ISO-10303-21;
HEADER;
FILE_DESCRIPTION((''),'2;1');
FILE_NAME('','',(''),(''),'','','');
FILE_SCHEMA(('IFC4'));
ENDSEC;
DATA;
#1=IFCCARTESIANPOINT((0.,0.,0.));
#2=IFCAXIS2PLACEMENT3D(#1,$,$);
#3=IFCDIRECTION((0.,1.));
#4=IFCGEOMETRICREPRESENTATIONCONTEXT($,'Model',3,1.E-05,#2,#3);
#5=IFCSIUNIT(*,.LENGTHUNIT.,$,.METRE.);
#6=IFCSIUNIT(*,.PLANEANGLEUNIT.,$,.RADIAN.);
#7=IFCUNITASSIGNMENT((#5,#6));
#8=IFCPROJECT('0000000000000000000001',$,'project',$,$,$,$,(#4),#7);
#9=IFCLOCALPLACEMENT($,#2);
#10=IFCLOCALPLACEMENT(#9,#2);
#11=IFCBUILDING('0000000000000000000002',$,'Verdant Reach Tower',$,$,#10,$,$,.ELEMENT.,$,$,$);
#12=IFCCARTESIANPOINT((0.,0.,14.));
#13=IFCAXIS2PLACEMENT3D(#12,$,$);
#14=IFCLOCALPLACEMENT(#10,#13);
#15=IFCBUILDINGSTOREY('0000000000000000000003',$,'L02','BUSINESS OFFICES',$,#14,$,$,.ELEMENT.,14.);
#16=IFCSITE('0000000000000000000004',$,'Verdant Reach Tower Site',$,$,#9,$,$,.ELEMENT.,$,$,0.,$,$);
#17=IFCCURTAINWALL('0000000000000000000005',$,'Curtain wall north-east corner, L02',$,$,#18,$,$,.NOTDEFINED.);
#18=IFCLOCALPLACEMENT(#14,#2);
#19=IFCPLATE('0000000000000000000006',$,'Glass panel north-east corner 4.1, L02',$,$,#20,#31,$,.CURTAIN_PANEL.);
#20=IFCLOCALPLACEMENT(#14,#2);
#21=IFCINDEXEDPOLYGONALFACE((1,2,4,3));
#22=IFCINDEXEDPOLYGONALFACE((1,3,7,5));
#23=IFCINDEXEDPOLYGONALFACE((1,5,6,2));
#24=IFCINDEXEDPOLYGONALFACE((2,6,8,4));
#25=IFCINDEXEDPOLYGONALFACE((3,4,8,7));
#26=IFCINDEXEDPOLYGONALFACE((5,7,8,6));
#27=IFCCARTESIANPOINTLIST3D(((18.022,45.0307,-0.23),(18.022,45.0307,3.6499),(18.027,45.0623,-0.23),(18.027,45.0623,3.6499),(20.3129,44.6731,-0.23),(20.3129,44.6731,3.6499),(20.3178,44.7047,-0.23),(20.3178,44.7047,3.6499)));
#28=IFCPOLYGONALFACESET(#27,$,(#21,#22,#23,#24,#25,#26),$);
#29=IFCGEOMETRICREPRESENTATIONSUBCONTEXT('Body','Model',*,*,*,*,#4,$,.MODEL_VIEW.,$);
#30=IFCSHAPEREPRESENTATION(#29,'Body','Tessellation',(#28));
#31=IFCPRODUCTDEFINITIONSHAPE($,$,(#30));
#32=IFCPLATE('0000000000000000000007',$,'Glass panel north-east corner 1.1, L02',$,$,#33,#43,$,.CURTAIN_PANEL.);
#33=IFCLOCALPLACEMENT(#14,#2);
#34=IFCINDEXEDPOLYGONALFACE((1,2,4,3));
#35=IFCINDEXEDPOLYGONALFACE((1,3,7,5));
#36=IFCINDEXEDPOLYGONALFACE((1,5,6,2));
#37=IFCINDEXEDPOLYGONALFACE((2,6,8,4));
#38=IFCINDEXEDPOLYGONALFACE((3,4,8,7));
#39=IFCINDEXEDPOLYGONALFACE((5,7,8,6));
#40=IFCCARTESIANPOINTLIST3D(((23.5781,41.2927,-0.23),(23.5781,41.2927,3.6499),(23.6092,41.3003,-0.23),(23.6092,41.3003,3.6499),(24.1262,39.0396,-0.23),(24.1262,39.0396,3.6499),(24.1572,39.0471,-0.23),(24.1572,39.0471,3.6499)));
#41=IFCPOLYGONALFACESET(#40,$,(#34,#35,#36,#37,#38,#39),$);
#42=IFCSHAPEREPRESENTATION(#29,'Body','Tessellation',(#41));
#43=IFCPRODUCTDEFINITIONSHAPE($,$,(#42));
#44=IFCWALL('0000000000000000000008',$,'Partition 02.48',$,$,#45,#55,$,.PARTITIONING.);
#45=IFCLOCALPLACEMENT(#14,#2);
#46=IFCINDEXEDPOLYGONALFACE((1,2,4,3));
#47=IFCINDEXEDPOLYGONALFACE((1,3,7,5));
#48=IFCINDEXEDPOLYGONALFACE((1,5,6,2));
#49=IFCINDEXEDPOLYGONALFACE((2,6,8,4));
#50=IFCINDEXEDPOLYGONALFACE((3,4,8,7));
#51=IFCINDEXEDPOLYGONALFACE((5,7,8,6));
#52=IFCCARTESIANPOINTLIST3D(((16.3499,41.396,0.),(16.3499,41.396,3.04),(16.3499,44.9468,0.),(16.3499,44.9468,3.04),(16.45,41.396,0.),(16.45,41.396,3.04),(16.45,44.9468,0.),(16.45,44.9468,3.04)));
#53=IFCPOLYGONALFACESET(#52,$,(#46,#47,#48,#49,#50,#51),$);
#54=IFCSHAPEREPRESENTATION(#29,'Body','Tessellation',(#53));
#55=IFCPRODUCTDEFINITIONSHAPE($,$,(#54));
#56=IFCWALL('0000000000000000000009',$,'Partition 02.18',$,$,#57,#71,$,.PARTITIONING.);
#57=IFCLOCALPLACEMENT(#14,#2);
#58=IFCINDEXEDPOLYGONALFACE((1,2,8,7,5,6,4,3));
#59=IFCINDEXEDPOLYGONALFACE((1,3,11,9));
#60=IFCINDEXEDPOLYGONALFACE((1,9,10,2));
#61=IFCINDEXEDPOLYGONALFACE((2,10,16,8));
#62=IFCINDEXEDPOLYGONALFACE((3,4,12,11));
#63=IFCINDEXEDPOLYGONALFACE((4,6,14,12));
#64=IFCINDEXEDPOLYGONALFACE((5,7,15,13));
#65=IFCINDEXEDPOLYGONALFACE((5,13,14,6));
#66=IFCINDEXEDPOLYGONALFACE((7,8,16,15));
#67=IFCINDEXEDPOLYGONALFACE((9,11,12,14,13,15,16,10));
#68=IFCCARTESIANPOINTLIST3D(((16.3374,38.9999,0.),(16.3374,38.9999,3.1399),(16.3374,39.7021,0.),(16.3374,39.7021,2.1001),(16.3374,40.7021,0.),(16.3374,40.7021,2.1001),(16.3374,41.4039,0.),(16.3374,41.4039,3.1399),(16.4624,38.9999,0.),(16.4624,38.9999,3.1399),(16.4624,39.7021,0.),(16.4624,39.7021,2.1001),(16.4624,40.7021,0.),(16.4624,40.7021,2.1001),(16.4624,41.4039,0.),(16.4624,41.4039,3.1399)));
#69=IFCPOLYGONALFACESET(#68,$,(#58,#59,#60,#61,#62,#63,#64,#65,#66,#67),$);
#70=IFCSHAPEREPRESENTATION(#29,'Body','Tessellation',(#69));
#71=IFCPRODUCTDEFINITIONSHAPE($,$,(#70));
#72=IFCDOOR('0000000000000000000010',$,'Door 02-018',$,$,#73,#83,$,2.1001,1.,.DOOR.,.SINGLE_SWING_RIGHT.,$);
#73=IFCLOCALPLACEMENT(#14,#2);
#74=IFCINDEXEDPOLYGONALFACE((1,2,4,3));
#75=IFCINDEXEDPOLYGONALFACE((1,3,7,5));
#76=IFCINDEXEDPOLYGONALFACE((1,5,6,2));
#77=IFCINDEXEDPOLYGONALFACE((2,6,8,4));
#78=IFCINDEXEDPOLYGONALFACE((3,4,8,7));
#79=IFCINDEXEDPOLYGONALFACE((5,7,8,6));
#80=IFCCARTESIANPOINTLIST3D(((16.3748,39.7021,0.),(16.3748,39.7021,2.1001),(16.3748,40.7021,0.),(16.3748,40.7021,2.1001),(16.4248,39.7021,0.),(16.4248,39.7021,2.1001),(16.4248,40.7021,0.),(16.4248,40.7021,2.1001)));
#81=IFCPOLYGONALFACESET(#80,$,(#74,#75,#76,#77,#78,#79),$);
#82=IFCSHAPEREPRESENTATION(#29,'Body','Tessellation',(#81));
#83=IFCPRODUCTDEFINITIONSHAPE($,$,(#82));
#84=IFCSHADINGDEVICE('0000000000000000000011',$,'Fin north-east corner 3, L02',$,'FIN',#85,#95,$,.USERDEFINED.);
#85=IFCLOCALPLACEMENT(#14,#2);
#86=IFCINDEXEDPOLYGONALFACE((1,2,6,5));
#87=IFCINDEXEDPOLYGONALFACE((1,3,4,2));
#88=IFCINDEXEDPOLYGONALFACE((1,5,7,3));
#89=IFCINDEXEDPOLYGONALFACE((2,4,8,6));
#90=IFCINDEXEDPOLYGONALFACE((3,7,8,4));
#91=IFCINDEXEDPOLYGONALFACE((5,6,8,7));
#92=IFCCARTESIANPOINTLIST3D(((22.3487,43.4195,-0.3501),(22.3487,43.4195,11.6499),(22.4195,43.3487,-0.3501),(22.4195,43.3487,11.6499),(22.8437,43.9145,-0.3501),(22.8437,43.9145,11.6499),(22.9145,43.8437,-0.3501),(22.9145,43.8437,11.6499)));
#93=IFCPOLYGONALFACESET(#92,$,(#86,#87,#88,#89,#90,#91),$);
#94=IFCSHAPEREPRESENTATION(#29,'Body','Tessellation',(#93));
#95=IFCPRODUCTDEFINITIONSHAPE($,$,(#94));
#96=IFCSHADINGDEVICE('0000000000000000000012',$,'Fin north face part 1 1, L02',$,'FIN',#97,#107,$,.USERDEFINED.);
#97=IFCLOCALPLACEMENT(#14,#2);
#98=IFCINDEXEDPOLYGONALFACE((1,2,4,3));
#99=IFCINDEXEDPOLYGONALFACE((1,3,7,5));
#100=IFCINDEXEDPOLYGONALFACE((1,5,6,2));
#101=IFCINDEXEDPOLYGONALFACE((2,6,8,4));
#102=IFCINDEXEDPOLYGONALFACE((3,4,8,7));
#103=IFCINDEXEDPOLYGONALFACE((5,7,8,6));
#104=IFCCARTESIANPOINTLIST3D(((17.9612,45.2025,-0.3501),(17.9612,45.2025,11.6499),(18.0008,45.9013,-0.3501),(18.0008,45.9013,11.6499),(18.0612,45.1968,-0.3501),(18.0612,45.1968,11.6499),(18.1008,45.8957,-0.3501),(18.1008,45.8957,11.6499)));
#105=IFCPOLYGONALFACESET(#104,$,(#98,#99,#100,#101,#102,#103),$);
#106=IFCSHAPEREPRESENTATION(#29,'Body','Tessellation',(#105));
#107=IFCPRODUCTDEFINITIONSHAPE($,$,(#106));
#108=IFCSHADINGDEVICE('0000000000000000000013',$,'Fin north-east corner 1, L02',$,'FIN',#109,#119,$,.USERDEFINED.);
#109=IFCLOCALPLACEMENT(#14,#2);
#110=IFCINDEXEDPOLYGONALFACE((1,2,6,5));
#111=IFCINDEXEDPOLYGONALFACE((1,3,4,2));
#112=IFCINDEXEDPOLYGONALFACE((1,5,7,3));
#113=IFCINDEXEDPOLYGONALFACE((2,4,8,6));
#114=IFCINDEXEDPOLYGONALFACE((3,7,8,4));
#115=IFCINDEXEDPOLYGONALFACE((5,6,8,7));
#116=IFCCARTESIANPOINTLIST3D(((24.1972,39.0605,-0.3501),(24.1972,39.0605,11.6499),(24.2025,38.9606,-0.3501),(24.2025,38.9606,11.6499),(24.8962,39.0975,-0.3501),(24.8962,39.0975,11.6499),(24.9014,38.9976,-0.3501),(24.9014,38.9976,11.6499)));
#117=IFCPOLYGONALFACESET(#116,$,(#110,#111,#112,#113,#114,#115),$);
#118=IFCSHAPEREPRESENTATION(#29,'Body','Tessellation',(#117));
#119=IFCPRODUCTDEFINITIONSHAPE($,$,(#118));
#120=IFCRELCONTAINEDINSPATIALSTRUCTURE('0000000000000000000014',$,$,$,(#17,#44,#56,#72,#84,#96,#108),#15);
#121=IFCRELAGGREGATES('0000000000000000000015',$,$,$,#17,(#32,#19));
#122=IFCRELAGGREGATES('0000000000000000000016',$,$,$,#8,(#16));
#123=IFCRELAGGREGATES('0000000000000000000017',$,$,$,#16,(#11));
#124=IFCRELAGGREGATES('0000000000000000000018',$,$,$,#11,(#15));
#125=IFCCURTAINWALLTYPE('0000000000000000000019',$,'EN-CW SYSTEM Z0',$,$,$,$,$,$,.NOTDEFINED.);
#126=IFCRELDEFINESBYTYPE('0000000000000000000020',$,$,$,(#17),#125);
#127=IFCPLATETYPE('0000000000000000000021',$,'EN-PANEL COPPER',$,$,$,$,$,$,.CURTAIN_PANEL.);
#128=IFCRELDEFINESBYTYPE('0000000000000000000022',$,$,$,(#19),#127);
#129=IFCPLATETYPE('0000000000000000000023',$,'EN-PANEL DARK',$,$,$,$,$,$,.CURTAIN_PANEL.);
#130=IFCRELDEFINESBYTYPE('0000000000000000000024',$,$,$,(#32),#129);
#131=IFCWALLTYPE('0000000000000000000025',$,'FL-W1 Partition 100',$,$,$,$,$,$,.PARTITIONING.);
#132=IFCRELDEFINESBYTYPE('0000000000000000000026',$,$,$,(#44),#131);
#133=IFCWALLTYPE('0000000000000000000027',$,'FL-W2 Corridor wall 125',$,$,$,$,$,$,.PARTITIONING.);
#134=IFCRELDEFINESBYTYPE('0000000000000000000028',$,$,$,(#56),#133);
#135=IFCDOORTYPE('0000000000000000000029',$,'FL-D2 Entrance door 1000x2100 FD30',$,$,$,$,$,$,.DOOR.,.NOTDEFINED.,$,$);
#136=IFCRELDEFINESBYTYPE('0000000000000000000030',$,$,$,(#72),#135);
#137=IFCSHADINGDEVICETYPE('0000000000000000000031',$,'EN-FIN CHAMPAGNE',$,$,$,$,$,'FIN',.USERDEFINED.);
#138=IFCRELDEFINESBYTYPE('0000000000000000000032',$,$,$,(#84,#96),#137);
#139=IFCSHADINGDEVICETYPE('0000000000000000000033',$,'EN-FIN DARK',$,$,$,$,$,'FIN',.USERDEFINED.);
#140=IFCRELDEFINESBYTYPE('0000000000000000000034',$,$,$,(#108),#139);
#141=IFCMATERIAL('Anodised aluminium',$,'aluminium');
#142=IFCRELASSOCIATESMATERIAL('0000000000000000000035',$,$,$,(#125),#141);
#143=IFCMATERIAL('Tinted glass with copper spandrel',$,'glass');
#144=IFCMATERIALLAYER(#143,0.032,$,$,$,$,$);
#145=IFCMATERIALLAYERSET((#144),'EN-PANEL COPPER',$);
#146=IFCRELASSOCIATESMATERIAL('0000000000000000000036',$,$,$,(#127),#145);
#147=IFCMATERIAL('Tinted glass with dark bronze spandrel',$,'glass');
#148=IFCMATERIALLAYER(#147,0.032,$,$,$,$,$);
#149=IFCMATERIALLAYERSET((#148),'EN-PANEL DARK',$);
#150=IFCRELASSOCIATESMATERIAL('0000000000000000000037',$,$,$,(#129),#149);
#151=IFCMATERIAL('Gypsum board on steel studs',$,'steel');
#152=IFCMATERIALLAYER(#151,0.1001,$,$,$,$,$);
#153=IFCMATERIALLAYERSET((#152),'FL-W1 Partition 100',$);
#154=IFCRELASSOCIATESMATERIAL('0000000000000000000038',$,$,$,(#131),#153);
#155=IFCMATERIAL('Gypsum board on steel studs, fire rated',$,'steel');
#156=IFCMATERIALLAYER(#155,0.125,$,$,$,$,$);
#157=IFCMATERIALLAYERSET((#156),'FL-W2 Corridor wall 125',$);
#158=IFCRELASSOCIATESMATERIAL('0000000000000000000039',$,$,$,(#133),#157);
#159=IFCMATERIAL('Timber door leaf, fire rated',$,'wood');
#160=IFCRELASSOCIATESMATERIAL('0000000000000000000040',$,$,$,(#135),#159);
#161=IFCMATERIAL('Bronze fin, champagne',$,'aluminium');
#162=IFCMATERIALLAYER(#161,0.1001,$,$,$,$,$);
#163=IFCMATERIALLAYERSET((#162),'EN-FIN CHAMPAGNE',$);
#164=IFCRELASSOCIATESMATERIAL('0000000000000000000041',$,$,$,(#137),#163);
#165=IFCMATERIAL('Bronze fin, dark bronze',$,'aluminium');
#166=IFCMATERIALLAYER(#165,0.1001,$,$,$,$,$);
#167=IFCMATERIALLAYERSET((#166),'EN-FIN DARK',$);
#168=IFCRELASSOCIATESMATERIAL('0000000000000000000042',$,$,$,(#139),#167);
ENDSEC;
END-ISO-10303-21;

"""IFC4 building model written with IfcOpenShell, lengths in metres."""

from ifc_helpers import new_model, si_unit, direction, frame, frame_2d, origin, origin_2d, place, context, subcontext, project, spatial, rectangle, extrude, material, layer, layer_set, type_object, element, fill, aggregate, save


model = new_model("IFC4")

# Units and contexts
model_context = context("Model", 3, precision=1e-05, world=origin(), true_north=direction((0.0, 1.0)))
body_context = subcontext(model_context, "Body", "Model", "MODEL_VIEW")
ifc_project = project(units=[si_unit("LENGTHUNIT", "METRE"), si_unit("PLANEANGLEUNIT", "RADIAN")], contexts=[model_context])

# Site, building, storey
site_placement = place(None, origin())
site = spatial("IfcSite", under=ifc_project, at=site_placement, Name="Verdant Reach Tower Site", CompositionType="ELEMENT", RefElevation=0.0)
building_placement = place(site_placement, origin())
building = spatial("IfcBuilding", under=site, at=building_placement, Name="Verdant Reach Tower", CompositionType="ELEMENT")
storey_placement = place(building_placement, frame((0.0, 0.0, 14.0)))
storey = spatial("IfcBuildingStorey", under=building, at=storey_placement, Name="L02", Description="BUSINESS OFFICES", CompositionType="ELEMENT", Elevation=14.0)

# Curtain wall
ifc_material_1 = material(Name="Anodised aluminium", Category="aluminium")
curtain_wall_type = type_object("IfcCurtainWallType", Name="EN-CW SYSTEM Z0", PredefinedType="NOTDEFINED", material=ifc_material_1)
curtain_wall_1_placement = place(storey_placement, origin())
curtain_wall_1 = element("IfcCurtainWall", 1, at=curtain_wall_1_placement, inside=storey, type_object=curtain_wall_type, Name="Curtain wall north-east corner, L02", PredefinedType="NOTDEFINED")

# Plates
ifc_material_2 = material(Name="Tinted glass with copper spandrel", Category="glass")
ifc_layer_1 = layer(ifc_material_2, 0.032)
ifc_layer_set_1 = layer_set([ifc_layer_1], Name="EN-PANEL COPPER")
plate_type_1 = type_object("IfcPlateType", Name="EN-PANEL COPPER", PredefinedType="CURTAIN_PANEL", material=ifc_layer_set_1)
plate_1_placement = place(storey_placement, frame((19.1699, 44.8677, -0.23), z_axis=(0.0, 0.0, 1.0), x_axis=(-0.988035, 0.154233, 0.0)))
plate_1 = element("IfcPlate", 2, at=plate_1_placement, type_object=plate_type_1, Name="Glass panel north-east corner 4.1, L02", PredefinedType="CURTAIN_PANEL", context=body_context, shape_type="SweptSolid", body=[
    extrude(rectangle(XDim=2.3186, YDim=0.032, at=origin_2d()), origin(), (0.0, 0.0, 1.0), 3.8799),
])
ifc_material_3 = material(Name="Tinted glass with dark bronze spandrel", Category="glass")
ifc_layer_2 = layer(ifc_material_3, 0.032)
ifc_layer_set_2 = layer_set([ifc_layer_2], Name="EN-PANEL DARK")
plate_type_2 = type_object("IfcPlateType", Name="EN-PANEL DARK", PredefinedType="CURTAIN_PANEL", material=ifc_layer_set_2)
plate_2_placement = place(storey_placement, frame((23.8677, 40.1699, -0.23), z_axis=(0.0, 0.0, 1.0), x_axis=(-0.236347, 0.971669, 0.0)))
plate_2 = element("IfcPlate", 3, at=plate_2_placement, type_object=plate_type_2, Name="Glass panel north-east corner 1.1, L02", PredefinedType="CURTAIN_PANEL", context=body_context, shape_type="SweptSolid", body=[
    extrude(rectangle(XDim=2.3188, YDim=0.032, at=origin_2d()), origin(), (0.0, 0.0, 1.0), 3.8799),
])
aggregate(curtain_wall_1, [plate_2, plate_1])

# Wall
ifc_material_4 = material(Name="Gypsum board on steel studs", Category="steel")
ifc_layer_3 = layer(ifc_material_4, 0.1001)
ifc_layer_set_3 = layer_set([ifc_layer_3], Name="FL-W1 Partition 100")
wall_type_1 = type_object("IfcWallType", Name="FL-W1 Partition 100", PredefinedType="PARTITIONING", material=ifc_layer_set_3)
wall_1_placement = place(storey_placement, frame((16.3999, 41.396, 0.0), z_axis=(0.0, 0.0, 1.0), x_axis=(0.0, 1.0, 0.0)))
element("IfcWall", 4, at=wall_1_placement, inside=storey, type_object=wall_type_1, Name="Partition 02.48", PredefinedType="PARTITIONING", context=body_context, shape_type="SweptSolid", body=[
    extrude(rectangle(XDim=3.5508, YDim=0.1001, at=frame_2d((1.7754, 0.0))), origin(), (0.0, 0.0, 1.0), 3.04),
])

# Wall, opening, door
ifc_material_5 = material(Name="Gypsum board on steel studs, fire rated", Category="steel")
ifc_layer_4 = layer(ifc_material_5, 0.125)
ifc_layer_set_4 = layer_set([ifc_layer_4], Name="FL-W2 Corridor wall 125")
wall_type_2 = type_object("IfcWallType", Name="FL-W2 Corridor wall 125", PredefinedType="PARTITIONING", material=ifc_layer_set_4)
wall_2_placement = place(storey_placement, frame((16.3999, 41.4041, 0.0), z_axis=(0.0, 0.0, 1.0), x_axis=(0.0, -1.0, 0.0)))
wall_2 = element("IfcWall", 5, at=wall_2_placement, inside=storey, type_object=wall_type_2, Name="Partition 02.18", PredefinedType="PARTITIONING", context=body_context, shape_type="SweptSolid", body=[
    extrude(rectangle(XDim=2.4041, YDim=0.125, at=frame_2d((1.2021, 0.0))), origin(), (0.0, 0.0, 1.0), 3.1399),
])
opening_placement = place(wall_2_placement, frame((0.7019, 0.0, 0.0)))
opening = element("IfcOpeningElement", 6, at=opening_placement, cuts=wall_2, PredefinedType="OPENING", context=body_context, shape_type="SweptSolid", body=[
    extrude(rectangle(XDim=1.0, YDim=2.1001, at=frame_2d((0.5, 1.05))), frame((0.0, 0.0725, 0.0), z_axis=(0.0, -1.0, 0.0), x_axis=(1.0, 0.0, 0.0)), (0.0, 0.0, 1.0), 0.145),
])
ifc_material_6 = material(Name="Timber door leaf, fire rated", Category="wood")
door_type = type_object("IfcDoorType", Name="FL-D2 Entrance door 1000x2100 FD30", OperationType="NOTDEFINED", PredefinedType="DOOR", material=ifc_material_6)
door_placement = place(opening_placement, origin())
door = element("IfcDoor", 7, at=door_placement, inside=storey, type_object=door_type, Name="Door 02-018", OperationType="SINGLE_SWING_RIGHT", OverallHeight=2.1001, OverallWidth=1.0, PredefinedType="DOOR", context=body_context, shape_type="SweptSolid", body=[
    extrude(rectangle(XDim=1.0, YDim=2.1001, at=frame_2d((0.5, 1.05))), frame((0.0, 0.0249, 0.0), z_axis=(0.0, -1.0, 0.0), x_axis=(1.0, 0.0, 0.0)), (0.0, 0.0, 1.0), 0.05),
])
fill(opening, door)

# Shading devices
ifc_material_7 = material(Name="Bronze fin, champagne", Category="aluminium")
ifc_layer_5 = layer(ifc_material_7, 0.1001)
ifc_layer_set_5 = layer_set([ifc_layer_5], Name="EN-FIN CHAMPAGNE")
shading_device_type_1 = type_object("IfcShadingDeviceType", Name="EN-FIN CHAMPAGNE", ElementType="FIN", PredefinedType="USERDEFINED", material=ifc_layer_set_5)
for number, where, z_axis, x_axis, name in (
    (8, (22.6316, 43.6316, -0.3501), (0.0, 0.0, 1.0), (-0.707107, 0.707107, 0.0), "Fin north-east corner 3, L02"),
    (9, (18.031, 45.5491, -0.3501), (0.0, 0.0, 1.0), (-0.998399, 0.056569, 0.0), "Fin north face part 1 1, L02"),
):
    element("IfcShadingDevice", number, at=place(storey_placement, frame(where, z_axis=z_axis, x_axis=x_axis)), inside=storey, type_object=shading_device_type_1, Name=name, ObjectType="FIN", PredefinedType="USERDEFINED", context=body_context, shape_type="SweptSolid", body=[
        extrude(rectangle(XDim=0.1001, YDim=0.7, at=origin_2d()), origin(), (0.0, 0.0, 1.0), 12.0),
    ])
ifc_material_8 = material(Name="Bronze fin, dark bronze", Category="aluminium")
ifc_layer_6 = layer(ifc_material_8, 0.1001)
ifc_layer_set_6 = layer_set([ifc_layer_6], Name="EN-FIN DARK")
shading_device_type_2 = type_object("IfcShadingDeviceType", Name="EN-FIN DARK", ElementType="FIN", PredefinedType="USERDEFINED", material=ifc_layer_set_6)
shading_device_placement = place(storey_placement, frame((24.5493, 39.0291, -0.3501), z_axis=(0.0, 0.0, 1.0), x_axis=(-0.052815, 0.998604, 0.0)))
element("IfcShadingDevice", 10, at=shading_device_placement, inside=storey, type_object=shading_device_type_2, Name="Fin north-east corner 1, L02", ObjectType="FIN", PredefinedType="USERDEFINED", context=body_context, shape_type="SweptSolid", body=[
    extrude(rectangle(XDim=0.1001, YDim=0.7, at=origin_2d()), origin(), (0.0, 0.0, 1.0), 12.0),
])

save(model, "model.ifc")
